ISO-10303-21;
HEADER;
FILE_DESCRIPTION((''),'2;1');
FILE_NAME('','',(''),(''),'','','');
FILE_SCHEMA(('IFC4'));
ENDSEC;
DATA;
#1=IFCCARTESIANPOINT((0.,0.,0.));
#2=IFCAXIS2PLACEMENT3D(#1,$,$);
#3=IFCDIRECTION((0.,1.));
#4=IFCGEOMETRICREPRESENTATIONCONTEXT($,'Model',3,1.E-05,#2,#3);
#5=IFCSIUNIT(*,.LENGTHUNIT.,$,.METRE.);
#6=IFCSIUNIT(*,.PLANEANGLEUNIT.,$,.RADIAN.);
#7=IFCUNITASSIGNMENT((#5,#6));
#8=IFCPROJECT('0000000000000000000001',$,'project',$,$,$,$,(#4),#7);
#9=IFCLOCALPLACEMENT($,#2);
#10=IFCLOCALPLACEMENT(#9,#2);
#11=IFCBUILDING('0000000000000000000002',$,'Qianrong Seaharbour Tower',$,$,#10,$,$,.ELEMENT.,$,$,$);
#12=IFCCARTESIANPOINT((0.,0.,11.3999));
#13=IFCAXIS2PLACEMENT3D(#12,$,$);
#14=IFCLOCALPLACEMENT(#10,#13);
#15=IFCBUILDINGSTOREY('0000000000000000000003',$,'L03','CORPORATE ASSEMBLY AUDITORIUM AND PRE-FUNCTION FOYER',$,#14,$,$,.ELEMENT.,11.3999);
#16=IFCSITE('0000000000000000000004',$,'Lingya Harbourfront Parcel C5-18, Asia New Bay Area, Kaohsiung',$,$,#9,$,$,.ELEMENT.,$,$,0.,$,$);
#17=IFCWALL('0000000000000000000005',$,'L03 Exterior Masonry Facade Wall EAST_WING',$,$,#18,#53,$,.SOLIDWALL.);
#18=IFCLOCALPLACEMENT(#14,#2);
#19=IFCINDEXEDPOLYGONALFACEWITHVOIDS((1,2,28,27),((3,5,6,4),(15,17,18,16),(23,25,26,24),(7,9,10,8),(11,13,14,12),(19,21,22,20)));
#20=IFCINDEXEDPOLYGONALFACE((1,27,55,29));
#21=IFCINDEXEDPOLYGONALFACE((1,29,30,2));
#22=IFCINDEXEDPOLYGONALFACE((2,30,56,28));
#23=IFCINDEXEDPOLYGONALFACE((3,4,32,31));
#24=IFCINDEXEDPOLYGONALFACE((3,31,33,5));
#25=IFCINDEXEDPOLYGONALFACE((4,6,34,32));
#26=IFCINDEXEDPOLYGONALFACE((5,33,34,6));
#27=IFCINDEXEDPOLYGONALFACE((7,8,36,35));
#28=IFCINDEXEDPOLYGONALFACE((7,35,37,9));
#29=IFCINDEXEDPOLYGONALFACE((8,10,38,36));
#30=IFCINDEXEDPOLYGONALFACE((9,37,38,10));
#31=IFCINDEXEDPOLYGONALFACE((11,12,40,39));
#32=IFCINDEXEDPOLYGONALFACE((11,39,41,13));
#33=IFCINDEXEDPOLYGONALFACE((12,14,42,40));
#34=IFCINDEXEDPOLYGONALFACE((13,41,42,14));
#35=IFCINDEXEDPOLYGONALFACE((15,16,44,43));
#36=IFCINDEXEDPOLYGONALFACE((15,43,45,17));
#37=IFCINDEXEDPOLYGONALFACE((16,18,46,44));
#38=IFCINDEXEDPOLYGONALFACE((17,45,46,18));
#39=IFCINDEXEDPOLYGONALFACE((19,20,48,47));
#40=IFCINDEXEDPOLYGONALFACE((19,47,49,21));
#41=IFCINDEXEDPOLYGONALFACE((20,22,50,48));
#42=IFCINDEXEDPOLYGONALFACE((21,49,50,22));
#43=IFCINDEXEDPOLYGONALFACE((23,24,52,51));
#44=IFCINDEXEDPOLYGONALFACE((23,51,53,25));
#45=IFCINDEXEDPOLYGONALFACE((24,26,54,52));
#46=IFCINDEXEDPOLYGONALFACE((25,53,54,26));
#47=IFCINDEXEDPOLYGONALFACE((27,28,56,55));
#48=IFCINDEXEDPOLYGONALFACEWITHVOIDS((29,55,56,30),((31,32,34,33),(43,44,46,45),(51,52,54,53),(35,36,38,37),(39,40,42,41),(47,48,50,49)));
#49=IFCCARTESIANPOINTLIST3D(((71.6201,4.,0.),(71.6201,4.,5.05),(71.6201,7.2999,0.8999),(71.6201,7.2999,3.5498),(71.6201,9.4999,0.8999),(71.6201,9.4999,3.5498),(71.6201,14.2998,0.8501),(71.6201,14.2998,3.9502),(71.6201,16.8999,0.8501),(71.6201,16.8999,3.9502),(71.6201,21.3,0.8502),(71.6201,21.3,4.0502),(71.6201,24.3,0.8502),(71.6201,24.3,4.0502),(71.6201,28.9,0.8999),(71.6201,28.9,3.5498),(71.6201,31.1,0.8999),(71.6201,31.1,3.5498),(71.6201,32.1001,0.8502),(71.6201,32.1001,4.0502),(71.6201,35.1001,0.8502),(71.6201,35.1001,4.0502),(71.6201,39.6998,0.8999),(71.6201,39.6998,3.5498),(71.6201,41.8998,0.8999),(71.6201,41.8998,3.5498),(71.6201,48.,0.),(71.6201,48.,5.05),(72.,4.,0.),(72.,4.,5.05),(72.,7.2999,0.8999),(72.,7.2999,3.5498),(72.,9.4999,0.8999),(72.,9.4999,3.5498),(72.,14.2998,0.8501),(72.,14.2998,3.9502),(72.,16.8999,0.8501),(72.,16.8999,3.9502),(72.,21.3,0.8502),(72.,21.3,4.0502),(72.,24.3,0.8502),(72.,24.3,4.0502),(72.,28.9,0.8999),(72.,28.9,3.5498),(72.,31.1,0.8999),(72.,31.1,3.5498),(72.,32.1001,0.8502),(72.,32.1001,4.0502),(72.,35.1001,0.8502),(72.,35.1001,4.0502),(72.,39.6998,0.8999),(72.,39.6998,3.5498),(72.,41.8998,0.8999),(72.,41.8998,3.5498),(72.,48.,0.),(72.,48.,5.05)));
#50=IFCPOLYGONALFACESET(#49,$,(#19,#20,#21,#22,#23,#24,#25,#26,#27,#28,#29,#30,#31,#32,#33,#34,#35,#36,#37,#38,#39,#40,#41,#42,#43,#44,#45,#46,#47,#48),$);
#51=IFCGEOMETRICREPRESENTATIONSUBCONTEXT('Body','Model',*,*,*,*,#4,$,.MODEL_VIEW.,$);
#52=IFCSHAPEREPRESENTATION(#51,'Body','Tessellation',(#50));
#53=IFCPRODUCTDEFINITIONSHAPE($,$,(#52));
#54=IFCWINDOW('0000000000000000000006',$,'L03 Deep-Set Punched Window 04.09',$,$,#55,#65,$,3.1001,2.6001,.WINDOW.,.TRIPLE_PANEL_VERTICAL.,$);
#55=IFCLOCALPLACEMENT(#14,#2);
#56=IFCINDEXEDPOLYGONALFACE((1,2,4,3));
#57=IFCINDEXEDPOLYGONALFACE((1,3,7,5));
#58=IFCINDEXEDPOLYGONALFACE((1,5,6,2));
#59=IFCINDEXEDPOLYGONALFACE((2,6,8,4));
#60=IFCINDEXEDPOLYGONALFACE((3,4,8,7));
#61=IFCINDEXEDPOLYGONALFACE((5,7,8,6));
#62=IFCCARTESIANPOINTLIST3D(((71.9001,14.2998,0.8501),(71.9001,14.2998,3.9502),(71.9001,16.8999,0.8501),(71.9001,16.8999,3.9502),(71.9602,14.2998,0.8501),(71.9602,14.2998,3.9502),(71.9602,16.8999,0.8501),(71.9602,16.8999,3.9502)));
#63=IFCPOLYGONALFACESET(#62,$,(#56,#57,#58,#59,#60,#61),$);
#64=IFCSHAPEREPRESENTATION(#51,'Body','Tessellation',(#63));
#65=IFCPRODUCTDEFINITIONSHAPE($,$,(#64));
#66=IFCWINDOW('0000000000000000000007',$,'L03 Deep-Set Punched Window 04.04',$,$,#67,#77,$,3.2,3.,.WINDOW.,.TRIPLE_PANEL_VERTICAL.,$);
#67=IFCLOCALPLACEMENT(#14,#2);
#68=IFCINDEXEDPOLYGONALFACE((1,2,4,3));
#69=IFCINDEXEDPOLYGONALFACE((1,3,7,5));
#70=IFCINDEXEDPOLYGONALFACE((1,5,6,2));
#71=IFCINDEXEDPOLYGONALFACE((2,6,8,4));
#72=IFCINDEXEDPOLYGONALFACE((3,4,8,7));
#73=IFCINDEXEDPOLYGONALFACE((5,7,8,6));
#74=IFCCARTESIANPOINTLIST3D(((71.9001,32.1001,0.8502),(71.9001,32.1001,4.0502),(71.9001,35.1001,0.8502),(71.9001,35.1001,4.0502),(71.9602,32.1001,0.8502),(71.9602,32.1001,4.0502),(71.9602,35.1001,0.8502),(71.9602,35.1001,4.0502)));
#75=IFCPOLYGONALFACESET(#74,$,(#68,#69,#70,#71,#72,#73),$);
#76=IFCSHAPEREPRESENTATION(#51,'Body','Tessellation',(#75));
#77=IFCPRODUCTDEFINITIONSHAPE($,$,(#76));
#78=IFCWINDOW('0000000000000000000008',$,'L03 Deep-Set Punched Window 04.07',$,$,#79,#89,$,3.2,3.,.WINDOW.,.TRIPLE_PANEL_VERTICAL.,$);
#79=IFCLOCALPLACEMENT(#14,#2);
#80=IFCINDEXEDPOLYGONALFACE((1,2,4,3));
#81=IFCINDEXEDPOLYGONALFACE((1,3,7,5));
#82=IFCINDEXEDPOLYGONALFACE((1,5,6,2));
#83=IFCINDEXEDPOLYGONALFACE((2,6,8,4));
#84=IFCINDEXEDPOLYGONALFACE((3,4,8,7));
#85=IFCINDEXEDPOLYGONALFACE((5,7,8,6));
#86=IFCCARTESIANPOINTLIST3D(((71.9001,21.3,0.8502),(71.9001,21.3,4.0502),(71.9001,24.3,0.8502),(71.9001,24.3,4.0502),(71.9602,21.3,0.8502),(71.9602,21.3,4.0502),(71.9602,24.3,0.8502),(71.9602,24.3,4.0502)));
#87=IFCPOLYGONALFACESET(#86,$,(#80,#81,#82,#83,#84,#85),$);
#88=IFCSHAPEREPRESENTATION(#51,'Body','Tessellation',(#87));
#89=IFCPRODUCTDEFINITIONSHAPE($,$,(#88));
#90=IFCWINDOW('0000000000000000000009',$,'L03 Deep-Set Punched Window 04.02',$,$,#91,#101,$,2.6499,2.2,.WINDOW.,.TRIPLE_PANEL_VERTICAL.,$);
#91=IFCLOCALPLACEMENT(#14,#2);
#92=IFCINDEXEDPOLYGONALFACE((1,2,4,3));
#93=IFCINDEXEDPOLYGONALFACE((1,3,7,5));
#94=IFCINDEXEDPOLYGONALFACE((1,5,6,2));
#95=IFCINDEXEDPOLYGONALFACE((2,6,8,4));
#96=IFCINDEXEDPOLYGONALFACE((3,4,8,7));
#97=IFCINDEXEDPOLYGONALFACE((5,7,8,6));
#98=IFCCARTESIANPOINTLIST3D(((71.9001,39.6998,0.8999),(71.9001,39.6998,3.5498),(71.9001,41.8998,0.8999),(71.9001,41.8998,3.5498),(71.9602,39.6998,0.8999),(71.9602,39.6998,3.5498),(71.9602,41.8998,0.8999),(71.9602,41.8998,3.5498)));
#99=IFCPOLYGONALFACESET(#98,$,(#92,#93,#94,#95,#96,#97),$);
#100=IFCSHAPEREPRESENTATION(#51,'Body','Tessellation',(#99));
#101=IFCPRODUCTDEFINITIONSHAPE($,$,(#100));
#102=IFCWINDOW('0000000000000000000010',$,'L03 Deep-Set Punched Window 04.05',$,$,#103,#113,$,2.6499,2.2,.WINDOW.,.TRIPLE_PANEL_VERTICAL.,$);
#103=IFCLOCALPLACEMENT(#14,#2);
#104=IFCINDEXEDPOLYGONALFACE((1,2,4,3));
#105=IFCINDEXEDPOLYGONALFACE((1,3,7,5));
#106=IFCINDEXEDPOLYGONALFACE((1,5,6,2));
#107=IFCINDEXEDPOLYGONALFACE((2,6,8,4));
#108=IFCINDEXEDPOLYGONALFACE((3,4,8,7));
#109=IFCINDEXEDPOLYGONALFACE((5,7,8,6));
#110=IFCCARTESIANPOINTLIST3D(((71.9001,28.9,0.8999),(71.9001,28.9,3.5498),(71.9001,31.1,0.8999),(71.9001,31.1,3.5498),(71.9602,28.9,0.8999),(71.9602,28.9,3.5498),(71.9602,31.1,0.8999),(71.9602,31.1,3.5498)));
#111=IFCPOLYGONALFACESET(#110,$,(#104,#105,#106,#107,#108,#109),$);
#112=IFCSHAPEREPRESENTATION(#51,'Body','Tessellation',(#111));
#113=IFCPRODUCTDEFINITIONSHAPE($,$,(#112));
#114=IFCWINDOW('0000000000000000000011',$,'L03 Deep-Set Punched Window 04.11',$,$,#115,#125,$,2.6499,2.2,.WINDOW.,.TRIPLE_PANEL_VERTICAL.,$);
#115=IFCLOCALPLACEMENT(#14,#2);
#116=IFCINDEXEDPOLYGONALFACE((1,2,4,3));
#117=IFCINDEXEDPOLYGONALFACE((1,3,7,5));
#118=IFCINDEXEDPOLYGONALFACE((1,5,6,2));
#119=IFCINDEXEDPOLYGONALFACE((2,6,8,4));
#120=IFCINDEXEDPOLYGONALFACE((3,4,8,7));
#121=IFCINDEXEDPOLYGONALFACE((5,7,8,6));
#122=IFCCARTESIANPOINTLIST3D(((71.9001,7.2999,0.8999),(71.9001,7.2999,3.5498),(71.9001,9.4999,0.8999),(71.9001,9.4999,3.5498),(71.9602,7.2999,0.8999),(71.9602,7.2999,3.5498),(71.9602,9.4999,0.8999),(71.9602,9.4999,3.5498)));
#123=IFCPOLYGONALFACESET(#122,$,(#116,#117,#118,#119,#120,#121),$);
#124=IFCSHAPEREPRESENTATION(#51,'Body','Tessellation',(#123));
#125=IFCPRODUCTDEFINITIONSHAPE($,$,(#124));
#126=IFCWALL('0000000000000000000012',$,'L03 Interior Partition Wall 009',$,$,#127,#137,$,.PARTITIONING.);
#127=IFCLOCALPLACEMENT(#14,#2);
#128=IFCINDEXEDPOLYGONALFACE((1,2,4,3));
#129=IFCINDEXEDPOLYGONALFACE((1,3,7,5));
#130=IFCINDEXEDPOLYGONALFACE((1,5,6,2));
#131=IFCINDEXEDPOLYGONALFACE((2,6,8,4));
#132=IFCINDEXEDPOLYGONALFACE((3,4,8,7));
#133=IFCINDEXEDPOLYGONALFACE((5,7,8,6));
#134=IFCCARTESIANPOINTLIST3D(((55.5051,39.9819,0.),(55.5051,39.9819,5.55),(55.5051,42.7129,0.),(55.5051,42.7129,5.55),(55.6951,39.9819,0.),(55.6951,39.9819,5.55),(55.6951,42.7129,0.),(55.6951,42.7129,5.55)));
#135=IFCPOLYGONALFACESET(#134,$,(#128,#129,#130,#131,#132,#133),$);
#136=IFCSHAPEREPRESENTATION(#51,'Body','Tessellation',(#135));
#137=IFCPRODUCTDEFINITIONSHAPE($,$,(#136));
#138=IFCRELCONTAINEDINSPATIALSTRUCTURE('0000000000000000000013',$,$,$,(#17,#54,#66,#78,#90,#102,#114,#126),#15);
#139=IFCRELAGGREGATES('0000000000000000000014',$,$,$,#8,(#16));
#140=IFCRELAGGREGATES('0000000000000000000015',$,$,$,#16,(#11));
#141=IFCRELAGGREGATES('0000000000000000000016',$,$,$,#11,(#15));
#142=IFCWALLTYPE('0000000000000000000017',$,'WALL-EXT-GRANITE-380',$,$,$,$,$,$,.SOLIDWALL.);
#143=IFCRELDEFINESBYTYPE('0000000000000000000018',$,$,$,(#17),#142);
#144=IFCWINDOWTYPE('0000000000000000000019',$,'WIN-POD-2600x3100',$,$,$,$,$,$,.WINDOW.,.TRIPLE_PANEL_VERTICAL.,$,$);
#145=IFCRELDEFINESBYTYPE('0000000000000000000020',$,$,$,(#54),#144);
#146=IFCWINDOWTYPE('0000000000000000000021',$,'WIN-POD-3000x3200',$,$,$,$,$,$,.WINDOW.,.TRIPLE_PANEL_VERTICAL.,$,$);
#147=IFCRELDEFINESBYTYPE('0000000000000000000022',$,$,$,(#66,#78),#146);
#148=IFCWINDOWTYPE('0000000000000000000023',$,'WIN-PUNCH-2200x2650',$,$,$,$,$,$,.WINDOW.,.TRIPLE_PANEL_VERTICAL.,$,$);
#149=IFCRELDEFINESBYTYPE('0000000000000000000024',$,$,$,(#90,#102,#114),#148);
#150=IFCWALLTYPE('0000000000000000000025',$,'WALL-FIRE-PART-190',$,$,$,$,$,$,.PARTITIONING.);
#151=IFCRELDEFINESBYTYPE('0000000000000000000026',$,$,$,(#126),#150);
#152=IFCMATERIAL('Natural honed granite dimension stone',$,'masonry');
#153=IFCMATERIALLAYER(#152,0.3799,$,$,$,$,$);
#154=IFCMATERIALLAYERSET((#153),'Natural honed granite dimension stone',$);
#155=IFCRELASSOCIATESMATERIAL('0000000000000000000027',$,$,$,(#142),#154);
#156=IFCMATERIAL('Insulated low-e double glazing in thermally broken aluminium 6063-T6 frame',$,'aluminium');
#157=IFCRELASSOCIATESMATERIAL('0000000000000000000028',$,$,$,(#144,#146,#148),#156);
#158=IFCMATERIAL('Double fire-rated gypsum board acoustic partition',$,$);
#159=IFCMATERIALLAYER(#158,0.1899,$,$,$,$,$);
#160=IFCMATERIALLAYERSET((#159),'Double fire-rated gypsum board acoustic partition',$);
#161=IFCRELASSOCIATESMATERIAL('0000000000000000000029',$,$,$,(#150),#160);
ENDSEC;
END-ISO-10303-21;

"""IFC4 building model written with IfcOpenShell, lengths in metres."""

from ifc_helpers import new_model, si_unit, direction, frame, frame_2d, origin, place, context, subcontext, project, spatial, rectangle, extrude, material, layer, layer_set, type_object, element, fill, save


model = new_model("IFC4")

# Units and contexts
model_context = context("Model", 3, precision=1e-05, world=origin(), true_north=direction((0.0, 1.0)))
body_context = subcontext(model_context, "Body", "Model", "MODEL_VIEW")
ifc_project = project(units=[si_unit("LENGTHUNIT", "METRE"), si_unit("PLANEANGLEUNIT", "RADIAN")], contexts=[model_context])

# Site, building, storey
site_placement = place(None, origin())
site = spatial("IfcSite", under=ifc_project, at=site_placement, Name="Lingya Harbourfront Parcel C5-18, Asia New Bay Area, Kaohsiung", CompositionType="ELEMENT", RefElevation=0.0)
building_placement = place(site_placement, origin())
building = spatial("IfcBuilding", under=site, at=building_placement, Name="Qianrong Seaharbour Tower", CompositionType="ELEMENT")
storey_placement = place(building_placement, frame((0.0, 0.0, 11.3999)))
storey = spatial("IfcBuildingStorey", under=building, at=storey_placement, Name="L03", Description="CORPORATE ASSEMBLY AUDITORIUM AND PRE-FUNCTION FOYER", CompositionType="ELEMENT", Elevation=11.3999)

# Shared definitions
ifc_material_1 = material(Name="Natural honed granite dimension stone", Category="masonry")
ifc_layer_1 = layer(ifc_material_1, 0.3799)
ifc_layer_set_1 = layer_set([ifc_layer_1], Name="Natural honed granite dimension stone")
wall_type_1 = type_object("IfcWallType", Name="WALL-EXT-GRANITE-380", PredefinedType="SOLIDWALL", material=ifc_layer_set_1)

# Wall, openings, windows
wall_1_placement = place(storey_placement, frame((71.8101, 48.0, 0.0), z_axis=(0.0, 0.0, 1.0), x_axis=(0.0, -1.0, 0.0)))
wall_1 = element("IfcWall", 1, at=wall_1_placement, inside=storey, type_object=wall_type_1, Name="L03 Exterior Masonry Facade Wall EAST_WING", PredefinedType="SOLIDWALL", context=body_context, shape_type="SweptSolid", body=[
    extrude(rectangle(XDim=44.0, YDim=0.3799, at=frame_2d((22.0, 0.0))), origin(), (0.0, 0.0, 1.0), 5.05),
])
opening_1_placement = place(wall_1_placement, frame((6.1001, 0.0, 0.8999)))
opening_1 = element("IfcOpeningElement", 2, at=opening_1_placement, cuts=wall_1, PredefinedType="OPENING", context=body_context, shape_type="SweptSolid", body=[
    extrude(rectangle(XDim=2.2, YDim=2.6499, at=frame_2d((1.1001, 1.325))), frame((0.0, 0.2, 0.0), z_axis=(0.0, -1.0, 0.0), x_axis=(1.0, 0.0, 0.0)), (0.0, 0.0, 1.0), 0.3999),
])
opening_2_placement = place(wall_1_placement, frame((12.8999, 0.0, 0.8501)))
opening_2 = element("IfcOpeningElement", 3, at=opening_2_placement, cuts=wall_1, PredefinedType="OPENING", context=body_context, shape_type="SweptSolid", body=[
    extrude(rectangle(XDim=3.0, YDim=3.2, at=frame_2d((1.5, 1.6001))), frame((0.0, 0.2, 0.0), z_axis=(0.0, -1.0, 0.0), x_axis=(1.0, 0.0, 0.0)), (0.0, 0.0, 1.0), 0.3999),
])
opening_3_placement = place(wall_1_placement, frame((16.8999, 0.0, 0.8999)))
opening_3 = element("IfcOpeningElement", 4, at=opening_3_placement, cuts=wall_1, PredefinedType="OPENING", context=body_context, shape_type="SweptSolid", body=[
    extrude(rectangle(XDim=2.2, YDim=2.6499, at=frame_2d((1.1001, 1.325))), frame((0.0, 0.2, 0.0), z_axis=(0.0, -1.0, 0.0), x_axis=(1.0, 0.0, 0.0)), (0.0, 0.0, 1.0), 0.3999),
])
opening_4_placement = place(wall_1_placement, frame((23.7, 0.0, 0.8501)))
opening_4 = element("IfcOpeningElement", 5, at=opening_4_placement, cuts=wall_1, PredefinedType="OPENING", context=body_context, shape_type="SweptSolid", body=[
    extrude(rectangle(XDim=3.0, YDim=3.2, at=frame_2d((1.5, 1.6001))), frame((0.0, 0.2, 0.0), z_axis=(0.0, -1.0, 0.0), x_axis=(1.0, 0.0, 0.0)), (0.0, 0.0, 1.0), 0.3999),
])
opening_5_placement = place(wall_1_placement, frame((31.1001, 0.0, 0.8501)))
opening_5 = element("IfcOpeningElement", 6, at=opening_5_placement, cuts=wall_1, PredefinedType="OPENING", context=body_context, shape_type="SweptSolid", body=[
    extrude(rectangle(XDim=2.6001, YDim=3.1001, at=frame_2d((1.3, 1.55))), frame((0.0, 0.2, 0.0), z_axis=(0.0, -1.0, 0.0), x_axis=(1.0, 0.0, 0.0)), (0.0, 0.0, 1.0), 0.3999),
])
opening_6_placement = place(wall_1_placement, frame((38.5, 0.0, 0.8999)))
opening_6 = element("IfcOpeningElement", 7, at=opening_6_placement, cuts=wall_1, PredefinedType="OPENING", context=body_context, shape_type="SweptSolid", body=[
    extrude(rectangle(XDim=2.2, YDim=2.6499, at=frame_2d((1.1001, 1.325))), frame((0.0, 0.2, 0.0), z_axis=(0.0, -1.0, 0.0), x_axis=(1.0, 0.0, 0.0)), (0.0, 0.0, 1.0), 0.3999),
])
ifc_material_2 = material(Name="Insulated low-e double glazing in thermally broken aluminium 6063-T6 frame", Category="aluminium")
window_type_1 = type_object("IfcWindowType", Name="WIN-POD-2600x3100", PartitioningType="TRIPLE_PANEL_VERTICAL", PredefinedType="WINDOW", material=ifc_material_2)
window_1_placement = place(opening_5_placement, origin())
window_1 = element("IfcWindow", 8, at=window_1_placement, inside=storey, type_object=window_type_1, Name="L03 Deep-Set Punched Window 04.09", OverallHeight=3.1001, OverallWidth=2.6001, PartitioningType="TRIPLE_PANEL_VERTICAL", PredefinedType="WINDOW", context=body_context, shape_type="SweptSolid", body=[
    extrude(rectangle(XDim=2.6001, YDim=3.1001, at=frame_2d((1.3, 1.55))), frame((0.0, 0.1501, 0.0), z_axis=(0.0, -1.0, 0.0), x_axis=(1.0, 0.0, 0.0)), (0.0, 0.0, 1.0), 0.0601),
])
fill(opening_5, window_1)
window_type_2 = type_object("IfcWindowType", Name="WIN-POD-3000x3200", PartitioningType="TRIPLE_PANEL_VERTICAL", PredefinedType="WINDOW", material=ifc_material_2)
window_2_placement = place(opening_2_placement, origin())
window_2 = element("IfcWindow", 9, at=window_2_placement, inside=storey, type_object=window_type_2, Name="L03 Deep-Set Punched Window 04.04", OverallHeight=3.2, OverallWidth=3.0, PartitioningType="TRIPLE_PANEL_VERTICAL", PredefinedType="WINDOW", context=body_context, shape_type="SweptSolid", body=[
    extrude(rectangle(XDim=3.0, YDim=3.2, at=frame_2d((1.5, 1.6001))), frame((0.0, 0.1501, 0.0), z_axis=(0.0, -1.0, 0.0), x_axis=(1.0, 0.0, 0.0)), (0.0, 0.0, 1.0), 0.0601),
])
fill(opening_2, window_2)
window_3_placement = place(opening_4_placement, origin())
window_3 = element("IfcWindow", 10, at=window_3_placement, inside=storey, type_object=window_type_2, Name="L03 Deep-Set Punched Window 04.07", OverallHeight=3.2, OverallWidth=3.0, PartitioningType="TRIPLE_PANEL_VERTICAL", PredefinedType="WINDOW", context=body_context, shape_type="SweptSolid", body=[
    extrude(rectangle(XDim=3.0, YDim=3.2, at=frame_2d((1.5, 1.6001))), frame((0.0, 0.1501, 0.0), z_axis=(0.0, -1.0, 0.0), x_axis=(1.0, 0.0, 0.0)), (0.0, 0.0, 1.0), 0.0601),
])
fill(opening_4, window_3)
window_type_3 = type_object("IfcWindowType", Name="WIN-PUNCH-2200x2650", PartitioningType="TRIPLE_PANEL_VERTICAL", PredefinedType="WINDOW", material=ifc_material_2)
window_4_placement = place(opening_1_placement, origin())
window_4 = element("IfcWindow", 11, at=window_4_placement, inside=storey, type_object=window_type_3, Name="L03 Deep-Set Punched Window 04.02", OverallHeight=2.6499, OverallWidth=2.2, PartitioningType="TRIPLE_PANEL_VERTICAL", PredefinedType="WINDOW", context=body_context, shape_type="SweptSolid", body=[
    extrude(rectangle(XDim=2.2, YDim=2.6499, at=frame_2d((1.1001, 1.325))), frame((0.0, 0.1501, 0.0), z_axis=(0.0, -1.0, 0.0), x_axis=(1.0, 0.0, 0.0)), (0.0, 0.0, 1.0), 0.0601),
])
fill(opening_1, window_4)
window_5_placement = place(opening_3_placement, origin())
window_5 = element("IfcWindow", 12, at=window_5_placement, inside=storey, type_object=window_type_3, Name="L03 Deep-Set Punched Window 04.05", OverallHeight=2.6499, OverallWidth=2.2, PartitioningType="TRIPLE_PANEL_VERTICAL", PredefinedType="WINDOW", context=body_context, shape_type="SweptSolid", body=[
    extrude(rectangle(XDim=2.2, YDim=2.6499, at=frame_2d((1.1001, 1.325))), frame((0.0, 0.1501, 0.0), z_axis=(0.0, -1.0, 0.0), x_axis=(1.0, 0.0, 0.0)), (0.0, 0.0, 1.0), 0.0601),
])
fill(opening_3, window_5)
window_6_placement = place(opening_6_placement, origin())
window_6 = element("IfcWindow", 13, at=window_6_placement, inside=storey, type_object=window_type_3, Name="L03 Deep-Set Punched Window 04.11", OverallHeight=2.6499, OverallWidth=2.2, PartitioningType="TRIPLE_PANEL_VERTICAL", PredefinedType="WINDOW", context=body_context, shape_type="SweptSolid", body=[
    extrude(rectangle(XDim=2.2, YDim=2.6499, at=frame_2d((1.1001, 1.325))), frame((0.0, 0.1501, 0.0), z_axis=(0.0, -1.0, 0.0), x_axis=(1.0, 0.0, 0.0)), (0.0, 0.0, 1.0), 0.0601),
])
fill(opening_6, window_6)

# Wall
ifc_material_3 = material(Name="Double fire-rated gypsum board acoustic partition")
ifc_layer_2 = layer(ifc_material_3, 0.1899)
ifc_layer_set_2 = layer_set([ifc_layer_2], Name="Double fire-rated gypsum board acoustic partition")
wall_type_2 = type_object("IfcWallType", Name="WALL-FIRE-PART-190", PredefinedType="PARTITIONING", material=ifc_layer_set_2)
wall_2_placement = place(storey_placement, frame((55.6001, 42.7129, 0.0), z_axis=(0.0, 0.0, 1.0), x_axis=(0.0, -1.0, 0.0)))
element("IfcWall", 14, at=wall_2_placement, inside=storey, type_object=wall_type_2, Name="L03 Interior Partition Wall 009", PredefinedType="PARTITIONING", context=body_context, shape_type="SweptSolid", body=[
    extrude(rectangle(XDim=2.731, YDim=0.1899, at=frame_2d((1.3655, 0.0))), origin(), (0.0, 0.0, 1.0), 5.55),
])

save(model, "model.ifc")
